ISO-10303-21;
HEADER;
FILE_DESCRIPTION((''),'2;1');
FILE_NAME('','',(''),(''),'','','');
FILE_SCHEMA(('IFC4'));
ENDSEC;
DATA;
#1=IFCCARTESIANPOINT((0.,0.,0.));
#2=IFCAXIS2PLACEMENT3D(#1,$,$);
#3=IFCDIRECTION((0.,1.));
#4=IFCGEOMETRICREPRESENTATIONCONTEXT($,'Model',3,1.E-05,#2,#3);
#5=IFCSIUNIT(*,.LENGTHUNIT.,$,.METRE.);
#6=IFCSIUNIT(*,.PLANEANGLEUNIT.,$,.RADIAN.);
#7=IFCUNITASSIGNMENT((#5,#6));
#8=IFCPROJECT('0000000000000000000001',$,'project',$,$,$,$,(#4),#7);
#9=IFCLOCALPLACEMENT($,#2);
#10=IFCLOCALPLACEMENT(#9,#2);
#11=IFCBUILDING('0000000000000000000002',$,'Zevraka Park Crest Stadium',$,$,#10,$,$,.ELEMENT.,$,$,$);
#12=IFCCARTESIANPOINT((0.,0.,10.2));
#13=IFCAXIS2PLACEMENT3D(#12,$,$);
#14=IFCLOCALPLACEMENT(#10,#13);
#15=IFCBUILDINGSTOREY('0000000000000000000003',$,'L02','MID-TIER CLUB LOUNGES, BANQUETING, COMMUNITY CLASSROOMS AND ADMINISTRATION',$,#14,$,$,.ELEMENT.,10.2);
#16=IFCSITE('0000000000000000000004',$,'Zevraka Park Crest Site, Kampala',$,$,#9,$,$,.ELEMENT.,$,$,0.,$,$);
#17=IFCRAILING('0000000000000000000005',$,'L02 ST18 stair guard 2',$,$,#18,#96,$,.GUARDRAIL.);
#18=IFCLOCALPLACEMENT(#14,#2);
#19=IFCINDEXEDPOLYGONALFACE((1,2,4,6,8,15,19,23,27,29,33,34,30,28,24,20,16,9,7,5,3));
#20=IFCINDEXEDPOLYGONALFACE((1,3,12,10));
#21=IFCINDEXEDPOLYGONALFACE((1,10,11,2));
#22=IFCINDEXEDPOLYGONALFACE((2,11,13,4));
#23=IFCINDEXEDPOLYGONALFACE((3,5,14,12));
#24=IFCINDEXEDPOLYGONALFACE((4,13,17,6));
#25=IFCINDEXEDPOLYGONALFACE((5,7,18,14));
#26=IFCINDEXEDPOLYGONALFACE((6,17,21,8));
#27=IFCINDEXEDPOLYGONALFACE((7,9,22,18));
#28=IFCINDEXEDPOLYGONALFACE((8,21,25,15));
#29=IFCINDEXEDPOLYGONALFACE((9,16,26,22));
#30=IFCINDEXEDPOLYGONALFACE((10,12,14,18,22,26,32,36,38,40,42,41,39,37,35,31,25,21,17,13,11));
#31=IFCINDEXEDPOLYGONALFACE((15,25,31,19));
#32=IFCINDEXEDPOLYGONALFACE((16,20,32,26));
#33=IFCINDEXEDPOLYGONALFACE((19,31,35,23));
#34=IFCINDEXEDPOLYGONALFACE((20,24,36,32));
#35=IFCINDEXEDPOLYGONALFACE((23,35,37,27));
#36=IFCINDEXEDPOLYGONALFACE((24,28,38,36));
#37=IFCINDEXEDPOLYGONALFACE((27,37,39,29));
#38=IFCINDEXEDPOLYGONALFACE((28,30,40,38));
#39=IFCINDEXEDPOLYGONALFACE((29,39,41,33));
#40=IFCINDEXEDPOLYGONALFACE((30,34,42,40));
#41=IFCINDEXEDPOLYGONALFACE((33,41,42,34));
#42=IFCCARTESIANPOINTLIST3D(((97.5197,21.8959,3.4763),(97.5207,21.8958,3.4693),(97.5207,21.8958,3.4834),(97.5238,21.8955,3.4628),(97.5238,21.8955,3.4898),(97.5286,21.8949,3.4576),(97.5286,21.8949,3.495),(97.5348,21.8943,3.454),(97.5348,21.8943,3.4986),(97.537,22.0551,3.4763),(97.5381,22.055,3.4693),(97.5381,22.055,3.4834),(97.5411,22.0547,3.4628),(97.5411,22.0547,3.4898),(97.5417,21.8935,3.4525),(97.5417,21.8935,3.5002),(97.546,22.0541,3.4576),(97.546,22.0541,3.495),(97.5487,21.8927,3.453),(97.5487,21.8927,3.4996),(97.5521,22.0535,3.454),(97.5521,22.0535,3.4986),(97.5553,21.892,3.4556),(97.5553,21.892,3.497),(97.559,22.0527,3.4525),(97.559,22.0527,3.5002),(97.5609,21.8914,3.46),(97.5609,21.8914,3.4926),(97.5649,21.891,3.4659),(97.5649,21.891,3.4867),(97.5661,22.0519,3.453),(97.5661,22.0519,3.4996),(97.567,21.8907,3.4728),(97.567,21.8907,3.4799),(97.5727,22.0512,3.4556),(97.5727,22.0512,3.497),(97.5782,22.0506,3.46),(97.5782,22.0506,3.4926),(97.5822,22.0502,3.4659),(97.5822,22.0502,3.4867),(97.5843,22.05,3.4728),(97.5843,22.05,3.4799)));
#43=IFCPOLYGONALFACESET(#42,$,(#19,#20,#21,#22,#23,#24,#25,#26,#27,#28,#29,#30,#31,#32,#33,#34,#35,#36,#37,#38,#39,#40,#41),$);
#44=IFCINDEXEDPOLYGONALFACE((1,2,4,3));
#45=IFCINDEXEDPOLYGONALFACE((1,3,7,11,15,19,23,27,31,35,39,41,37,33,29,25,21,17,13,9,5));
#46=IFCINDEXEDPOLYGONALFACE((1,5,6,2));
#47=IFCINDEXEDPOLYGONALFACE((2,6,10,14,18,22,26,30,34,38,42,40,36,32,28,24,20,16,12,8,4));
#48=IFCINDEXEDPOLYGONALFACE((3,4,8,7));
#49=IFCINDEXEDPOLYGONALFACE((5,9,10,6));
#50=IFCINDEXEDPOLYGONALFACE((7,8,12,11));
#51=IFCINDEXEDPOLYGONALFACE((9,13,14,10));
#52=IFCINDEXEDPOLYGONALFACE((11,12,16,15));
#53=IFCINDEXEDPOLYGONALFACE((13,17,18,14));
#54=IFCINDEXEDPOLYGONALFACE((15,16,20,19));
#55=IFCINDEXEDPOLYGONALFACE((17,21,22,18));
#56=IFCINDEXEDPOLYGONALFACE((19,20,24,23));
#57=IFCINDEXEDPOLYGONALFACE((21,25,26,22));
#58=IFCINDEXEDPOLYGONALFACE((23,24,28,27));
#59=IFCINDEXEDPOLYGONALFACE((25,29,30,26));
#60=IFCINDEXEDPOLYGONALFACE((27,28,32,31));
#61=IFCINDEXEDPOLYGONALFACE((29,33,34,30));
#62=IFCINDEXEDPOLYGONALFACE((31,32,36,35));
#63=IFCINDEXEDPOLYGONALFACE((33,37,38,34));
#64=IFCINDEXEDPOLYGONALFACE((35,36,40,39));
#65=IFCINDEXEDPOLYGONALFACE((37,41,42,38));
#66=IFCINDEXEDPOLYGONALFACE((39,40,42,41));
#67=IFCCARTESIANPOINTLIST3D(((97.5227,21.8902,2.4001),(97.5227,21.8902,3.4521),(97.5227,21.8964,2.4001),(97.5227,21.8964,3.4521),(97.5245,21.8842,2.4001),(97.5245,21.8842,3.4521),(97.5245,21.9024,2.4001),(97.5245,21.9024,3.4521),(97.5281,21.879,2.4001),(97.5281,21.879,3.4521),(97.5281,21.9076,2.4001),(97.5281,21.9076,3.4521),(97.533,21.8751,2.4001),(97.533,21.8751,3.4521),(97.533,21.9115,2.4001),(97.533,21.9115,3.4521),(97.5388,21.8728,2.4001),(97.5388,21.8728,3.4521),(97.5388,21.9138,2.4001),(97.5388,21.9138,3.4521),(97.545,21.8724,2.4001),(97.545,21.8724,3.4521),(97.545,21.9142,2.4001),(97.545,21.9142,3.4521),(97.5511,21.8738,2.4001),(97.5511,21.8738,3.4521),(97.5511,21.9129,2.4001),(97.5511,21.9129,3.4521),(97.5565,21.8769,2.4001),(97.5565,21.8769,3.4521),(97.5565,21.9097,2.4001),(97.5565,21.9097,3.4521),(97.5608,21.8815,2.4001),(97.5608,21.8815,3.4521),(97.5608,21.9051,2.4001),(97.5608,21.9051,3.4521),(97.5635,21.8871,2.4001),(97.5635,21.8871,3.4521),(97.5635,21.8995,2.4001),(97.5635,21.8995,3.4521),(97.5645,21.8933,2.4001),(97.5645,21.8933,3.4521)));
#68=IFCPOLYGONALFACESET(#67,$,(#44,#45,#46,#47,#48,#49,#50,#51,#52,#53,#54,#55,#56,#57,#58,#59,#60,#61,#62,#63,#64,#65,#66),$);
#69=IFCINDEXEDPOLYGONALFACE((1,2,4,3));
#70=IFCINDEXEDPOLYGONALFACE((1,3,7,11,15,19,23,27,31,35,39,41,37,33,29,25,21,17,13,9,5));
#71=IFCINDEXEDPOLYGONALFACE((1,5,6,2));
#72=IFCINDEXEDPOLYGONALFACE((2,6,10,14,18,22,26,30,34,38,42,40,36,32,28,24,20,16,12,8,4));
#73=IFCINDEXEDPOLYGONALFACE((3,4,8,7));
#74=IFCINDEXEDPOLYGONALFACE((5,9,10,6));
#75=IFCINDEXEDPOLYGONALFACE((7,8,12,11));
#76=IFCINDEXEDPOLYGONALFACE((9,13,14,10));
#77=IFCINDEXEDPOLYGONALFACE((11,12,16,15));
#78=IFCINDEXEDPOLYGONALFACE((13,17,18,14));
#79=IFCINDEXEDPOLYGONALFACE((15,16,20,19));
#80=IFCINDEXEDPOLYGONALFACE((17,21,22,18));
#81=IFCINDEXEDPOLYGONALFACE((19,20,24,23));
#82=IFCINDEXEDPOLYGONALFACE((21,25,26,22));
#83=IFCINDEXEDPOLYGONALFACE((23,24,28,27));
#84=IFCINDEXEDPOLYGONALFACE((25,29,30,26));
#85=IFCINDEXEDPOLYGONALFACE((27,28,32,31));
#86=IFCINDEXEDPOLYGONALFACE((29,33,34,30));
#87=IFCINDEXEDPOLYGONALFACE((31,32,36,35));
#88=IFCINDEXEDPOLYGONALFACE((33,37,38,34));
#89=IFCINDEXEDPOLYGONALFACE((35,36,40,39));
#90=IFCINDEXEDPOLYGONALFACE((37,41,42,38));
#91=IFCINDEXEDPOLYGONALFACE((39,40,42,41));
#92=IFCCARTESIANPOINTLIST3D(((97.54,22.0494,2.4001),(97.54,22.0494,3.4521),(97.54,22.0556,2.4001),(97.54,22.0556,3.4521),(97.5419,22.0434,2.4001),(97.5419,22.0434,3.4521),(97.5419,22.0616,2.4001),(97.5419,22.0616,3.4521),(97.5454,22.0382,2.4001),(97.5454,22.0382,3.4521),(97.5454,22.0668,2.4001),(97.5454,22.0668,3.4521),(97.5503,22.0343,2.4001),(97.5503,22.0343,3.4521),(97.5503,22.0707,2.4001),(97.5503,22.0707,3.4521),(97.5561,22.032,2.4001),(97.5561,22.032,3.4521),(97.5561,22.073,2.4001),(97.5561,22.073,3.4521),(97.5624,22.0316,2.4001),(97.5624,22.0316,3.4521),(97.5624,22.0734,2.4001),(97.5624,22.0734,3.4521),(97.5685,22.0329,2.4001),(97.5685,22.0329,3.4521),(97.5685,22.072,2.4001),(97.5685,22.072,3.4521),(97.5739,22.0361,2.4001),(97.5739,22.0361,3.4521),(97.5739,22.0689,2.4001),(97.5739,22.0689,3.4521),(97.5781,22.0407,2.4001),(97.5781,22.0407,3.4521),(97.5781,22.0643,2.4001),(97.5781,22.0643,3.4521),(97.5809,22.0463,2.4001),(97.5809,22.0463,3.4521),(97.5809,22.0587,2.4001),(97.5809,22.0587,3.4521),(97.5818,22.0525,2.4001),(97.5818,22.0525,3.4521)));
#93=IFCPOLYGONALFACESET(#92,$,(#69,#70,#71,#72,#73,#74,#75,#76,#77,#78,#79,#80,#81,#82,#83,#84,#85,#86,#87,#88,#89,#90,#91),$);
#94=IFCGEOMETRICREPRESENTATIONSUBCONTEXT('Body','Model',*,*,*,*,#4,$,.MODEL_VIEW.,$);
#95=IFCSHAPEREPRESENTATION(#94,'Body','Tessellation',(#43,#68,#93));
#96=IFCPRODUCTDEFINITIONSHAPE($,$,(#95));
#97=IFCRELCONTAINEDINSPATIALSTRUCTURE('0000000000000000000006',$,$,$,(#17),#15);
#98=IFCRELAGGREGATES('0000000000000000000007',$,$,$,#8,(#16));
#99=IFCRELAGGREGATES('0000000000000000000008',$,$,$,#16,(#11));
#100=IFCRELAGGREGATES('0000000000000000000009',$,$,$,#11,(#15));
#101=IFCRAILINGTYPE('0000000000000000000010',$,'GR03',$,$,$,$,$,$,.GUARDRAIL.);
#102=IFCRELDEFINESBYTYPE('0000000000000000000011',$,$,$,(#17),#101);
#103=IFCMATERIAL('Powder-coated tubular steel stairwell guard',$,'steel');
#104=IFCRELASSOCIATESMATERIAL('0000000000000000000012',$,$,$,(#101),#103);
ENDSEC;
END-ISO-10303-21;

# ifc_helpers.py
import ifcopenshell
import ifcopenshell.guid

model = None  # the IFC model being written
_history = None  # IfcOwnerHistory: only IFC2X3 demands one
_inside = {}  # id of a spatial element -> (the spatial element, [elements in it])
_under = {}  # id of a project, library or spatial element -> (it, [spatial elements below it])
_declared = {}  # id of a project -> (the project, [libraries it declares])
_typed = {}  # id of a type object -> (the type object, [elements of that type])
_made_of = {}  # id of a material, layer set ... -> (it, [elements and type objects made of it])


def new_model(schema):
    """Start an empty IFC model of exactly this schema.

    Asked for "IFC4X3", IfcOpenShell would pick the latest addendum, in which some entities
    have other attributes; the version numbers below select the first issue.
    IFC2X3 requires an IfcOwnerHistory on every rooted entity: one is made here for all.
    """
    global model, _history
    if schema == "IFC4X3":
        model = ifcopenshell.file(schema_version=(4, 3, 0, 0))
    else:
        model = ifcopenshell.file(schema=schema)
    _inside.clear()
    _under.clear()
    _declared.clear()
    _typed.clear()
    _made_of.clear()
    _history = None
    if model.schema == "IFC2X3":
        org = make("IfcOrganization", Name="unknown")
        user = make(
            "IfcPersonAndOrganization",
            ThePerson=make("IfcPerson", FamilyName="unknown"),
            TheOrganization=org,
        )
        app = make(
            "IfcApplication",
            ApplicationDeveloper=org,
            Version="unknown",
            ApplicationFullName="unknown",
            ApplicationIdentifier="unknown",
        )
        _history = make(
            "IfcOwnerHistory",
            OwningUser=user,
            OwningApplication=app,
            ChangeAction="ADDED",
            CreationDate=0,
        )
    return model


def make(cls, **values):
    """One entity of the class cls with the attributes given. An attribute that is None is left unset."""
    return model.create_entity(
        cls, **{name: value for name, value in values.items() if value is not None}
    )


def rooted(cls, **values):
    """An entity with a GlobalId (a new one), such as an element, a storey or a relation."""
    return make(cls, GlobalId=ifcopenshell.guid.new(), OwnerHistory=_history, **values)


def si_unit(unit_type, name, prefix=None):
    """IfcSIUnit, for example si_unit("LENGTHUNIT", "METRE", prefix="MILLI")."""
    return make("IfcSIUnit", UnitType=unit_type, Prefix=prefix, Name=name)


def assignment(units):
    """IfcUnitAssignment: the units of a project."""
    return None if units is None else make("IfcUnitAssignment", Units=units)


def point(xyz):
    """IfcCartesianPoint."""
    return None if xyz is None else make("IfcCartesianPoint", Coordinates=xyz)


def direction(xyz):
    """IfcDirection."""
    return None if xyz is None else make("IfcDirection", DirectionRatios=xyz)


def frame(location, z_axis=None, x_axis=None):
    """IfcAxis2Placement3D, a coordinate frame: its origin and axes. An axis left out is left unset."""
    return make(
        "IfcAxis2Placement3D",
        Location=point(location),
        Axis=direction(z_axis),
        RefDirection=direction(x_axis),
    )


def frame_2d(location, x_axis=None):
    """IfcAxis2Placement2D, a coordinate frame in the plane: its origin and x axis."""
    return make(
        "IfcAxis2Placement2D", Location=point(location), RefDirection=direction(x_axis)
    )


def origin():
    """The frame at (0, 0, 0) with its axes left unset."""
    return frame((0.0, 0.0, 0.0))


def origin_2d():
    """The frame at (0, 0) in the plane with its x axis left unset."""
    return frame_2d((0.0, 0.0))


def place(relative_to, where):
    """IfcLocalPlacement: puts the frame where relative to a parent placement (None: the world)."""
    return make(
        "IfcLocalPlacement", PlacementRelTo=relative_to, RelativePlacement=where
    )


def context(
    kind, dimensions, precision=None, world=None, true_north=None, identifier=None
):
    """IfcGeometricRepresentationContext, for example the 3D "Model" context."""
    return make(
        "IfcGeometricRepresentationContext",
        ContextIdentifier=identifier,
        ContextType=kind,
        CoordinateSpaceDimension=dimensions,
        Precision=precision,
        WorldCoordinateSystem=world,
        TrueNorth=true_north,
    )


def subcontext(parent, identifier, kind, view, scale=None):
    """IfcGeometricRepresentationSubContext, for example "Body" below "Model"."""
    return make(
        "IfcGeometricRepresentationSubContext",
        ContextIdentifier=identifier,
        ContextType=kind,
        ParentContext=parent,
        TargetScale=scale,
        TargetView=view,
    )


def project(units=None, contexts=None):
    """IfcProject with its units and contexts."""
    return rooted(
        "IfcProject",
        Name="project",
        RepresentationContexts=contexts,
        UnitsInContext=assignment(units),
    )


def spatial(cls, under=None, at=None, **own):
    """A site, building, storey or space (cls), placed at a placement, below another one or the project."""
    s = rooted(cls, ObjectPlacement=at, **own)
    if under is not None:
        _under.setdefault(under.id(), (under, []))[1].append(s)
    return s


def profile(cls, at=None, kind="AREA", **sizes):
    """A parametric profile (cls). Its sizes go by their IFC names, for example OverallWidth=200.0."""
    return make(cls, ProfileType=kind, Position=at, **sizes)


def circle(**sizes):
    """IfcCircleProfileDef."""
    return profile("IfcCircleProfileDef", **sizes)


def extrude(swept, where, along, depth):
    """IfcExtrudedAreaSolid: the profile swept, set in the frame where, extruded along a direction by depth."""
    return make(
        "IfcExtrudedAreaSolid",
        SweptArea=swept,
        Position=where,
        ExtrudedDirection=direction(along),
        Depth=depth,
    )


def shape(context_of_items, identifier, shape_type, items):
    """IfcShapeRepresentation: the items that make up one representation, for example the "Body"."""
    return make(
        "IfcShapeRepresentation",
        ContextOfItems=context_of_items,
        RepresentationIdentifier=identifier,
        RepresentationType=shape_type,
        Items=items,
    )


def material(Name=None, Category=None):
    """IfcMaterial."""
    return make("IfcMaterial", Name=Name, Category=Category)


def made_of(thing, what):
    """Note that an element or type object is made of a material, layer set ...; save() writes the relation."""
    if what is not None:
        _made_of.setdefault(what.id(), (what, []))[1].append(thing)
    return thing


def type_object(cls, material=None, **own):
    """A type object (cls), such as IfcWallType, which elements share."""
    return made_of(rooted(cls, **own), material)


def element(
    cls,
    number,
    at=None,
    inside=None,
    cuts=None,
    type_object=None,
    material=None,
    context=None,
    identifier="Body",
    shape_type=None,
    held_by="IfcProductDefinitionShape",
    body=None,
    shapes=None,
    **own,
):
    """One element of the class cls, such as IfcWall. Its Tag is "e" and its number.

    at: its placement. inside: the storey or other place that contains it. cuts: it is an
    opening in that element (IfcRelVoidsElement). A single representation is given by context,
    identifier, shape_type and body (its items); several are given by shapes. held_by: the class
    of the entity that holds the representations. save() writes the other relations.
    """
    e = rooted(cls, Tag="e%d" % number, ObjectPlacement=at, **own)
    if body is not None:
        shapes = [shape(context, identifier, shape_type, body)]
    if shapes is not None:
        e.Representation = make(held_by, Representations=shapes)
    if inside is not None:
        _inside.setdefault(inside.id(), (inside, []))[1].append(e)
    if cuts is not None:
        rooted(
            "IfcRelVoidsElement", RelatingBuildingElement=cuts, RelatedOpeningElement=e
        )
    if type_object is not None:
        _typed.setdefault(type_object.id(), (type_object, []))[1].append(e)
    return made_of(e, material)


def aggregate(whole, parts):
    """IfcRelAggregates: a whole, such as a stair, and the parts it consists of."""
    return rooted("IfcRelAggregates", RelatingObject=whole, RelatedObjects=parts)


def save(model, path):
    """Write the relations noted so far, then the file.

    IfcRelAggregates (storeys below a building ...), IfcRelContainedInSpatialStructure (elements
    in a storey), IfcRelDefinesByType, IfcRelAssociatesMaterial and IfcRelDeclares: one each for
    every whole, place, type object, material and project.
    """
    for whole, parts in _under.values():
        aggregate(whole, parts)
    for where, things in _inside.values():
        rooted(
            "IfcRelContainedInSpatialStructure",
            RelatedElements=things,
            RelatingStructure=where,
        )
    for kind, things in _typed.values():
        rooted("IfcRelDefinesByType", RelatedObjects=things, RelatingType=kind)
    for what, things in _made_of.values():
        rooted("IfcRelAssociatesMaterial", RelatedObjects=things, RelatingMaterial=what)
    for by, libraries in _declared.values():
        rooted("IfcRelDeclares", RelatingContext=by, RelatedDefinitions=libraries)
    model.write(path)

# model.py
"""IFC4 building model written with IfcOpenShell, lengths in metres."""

from ifc_helpers import new_model, si_unit, direction, frame, origin, origin_2d, place, context, subcontext, project, spatial, circle, extrude, material, type_object, element, save


model = new_model("IFC4")

# Units and contexts
model_context = context("Model", 3, precision=1e-05, world=origin(), true_north=direction((0.0, 1.0)))
body_context = subcontext(model_context, "Body", "Model", "MODEL_VIEW")
ifc_project = project(units=[si_unit("LENGTHUNIT", "METRE"), si_unit("PLANEANGLEUNIT", "RADIAN")], contexts=[model_context])

# Site, building, storey
site_placement = place(None, origin())
site = spatial("IfcSite", under=ifc_project, at=site_placement, Name="Zevraka Park Crest Site, Kampala", CompositionType="ELEMENT", RefElevation=0.0)
building_placement = place(site_placement, origin())
building = spatial("IfcBuilding", under=site, at=building_placement, Name="Zevraka Park Crest Stadium", CompositionType="ELEMENT")
storey_placement = place(building_placement, frame((0.0, 0.0, 10.2)))
storey = spatial("IfcBuildingStorey", under=building, at=storey_placement, Name="L02", Description="MID-TIER CLUB LOUNGES, BANQUETING, COMMUNITY CLASSROOMS AND ADMINISTRATION", CompositionType="ELEMENT", Elevation=10.2)

# Railing
ifc_material_1 = material(Name="Powder-coated tubular steel stairwell guard", Category="steel")
railing_type_1 = type_object("IfcRailingType", Name="GR03", PredefinedType="GUARDRAIL", material=ifc_material_1)
railing_1_placement = place(storey_placement, frame((97.5435, 21.8933, 2.4001)))
element("IfcRailing", 1, at=railing_1_placement, inside=storey, type_object=railing_type_1, Name="L02 ST18 stair guard 2", PredefinedType="GUARDRAIL", context=body_context, shape_type="SweptSolid", body=[
    extrude(circle(Radius=0.0239, at=origin_2d()), frame((0.0, 0.0, 1.0762), z_axis=(0.108256, 0.994123, 0.0), x_axis=(-0.994123, 0.108256, 0.0)), (0.0, 0.0, 1.0), 0.1602),
    extrude(circle(Radius=0.021, at=origin_2d()), origin(), (0.0, 0.0, 1.0), 1.052),
    extrude(circle(Radius=0.021, at=origin_2d()), frame((0.0173, 0.1592, 0.0)), (0.0, 0.0, 1.0), 1.052),
])

save(model, "model.ifc")
